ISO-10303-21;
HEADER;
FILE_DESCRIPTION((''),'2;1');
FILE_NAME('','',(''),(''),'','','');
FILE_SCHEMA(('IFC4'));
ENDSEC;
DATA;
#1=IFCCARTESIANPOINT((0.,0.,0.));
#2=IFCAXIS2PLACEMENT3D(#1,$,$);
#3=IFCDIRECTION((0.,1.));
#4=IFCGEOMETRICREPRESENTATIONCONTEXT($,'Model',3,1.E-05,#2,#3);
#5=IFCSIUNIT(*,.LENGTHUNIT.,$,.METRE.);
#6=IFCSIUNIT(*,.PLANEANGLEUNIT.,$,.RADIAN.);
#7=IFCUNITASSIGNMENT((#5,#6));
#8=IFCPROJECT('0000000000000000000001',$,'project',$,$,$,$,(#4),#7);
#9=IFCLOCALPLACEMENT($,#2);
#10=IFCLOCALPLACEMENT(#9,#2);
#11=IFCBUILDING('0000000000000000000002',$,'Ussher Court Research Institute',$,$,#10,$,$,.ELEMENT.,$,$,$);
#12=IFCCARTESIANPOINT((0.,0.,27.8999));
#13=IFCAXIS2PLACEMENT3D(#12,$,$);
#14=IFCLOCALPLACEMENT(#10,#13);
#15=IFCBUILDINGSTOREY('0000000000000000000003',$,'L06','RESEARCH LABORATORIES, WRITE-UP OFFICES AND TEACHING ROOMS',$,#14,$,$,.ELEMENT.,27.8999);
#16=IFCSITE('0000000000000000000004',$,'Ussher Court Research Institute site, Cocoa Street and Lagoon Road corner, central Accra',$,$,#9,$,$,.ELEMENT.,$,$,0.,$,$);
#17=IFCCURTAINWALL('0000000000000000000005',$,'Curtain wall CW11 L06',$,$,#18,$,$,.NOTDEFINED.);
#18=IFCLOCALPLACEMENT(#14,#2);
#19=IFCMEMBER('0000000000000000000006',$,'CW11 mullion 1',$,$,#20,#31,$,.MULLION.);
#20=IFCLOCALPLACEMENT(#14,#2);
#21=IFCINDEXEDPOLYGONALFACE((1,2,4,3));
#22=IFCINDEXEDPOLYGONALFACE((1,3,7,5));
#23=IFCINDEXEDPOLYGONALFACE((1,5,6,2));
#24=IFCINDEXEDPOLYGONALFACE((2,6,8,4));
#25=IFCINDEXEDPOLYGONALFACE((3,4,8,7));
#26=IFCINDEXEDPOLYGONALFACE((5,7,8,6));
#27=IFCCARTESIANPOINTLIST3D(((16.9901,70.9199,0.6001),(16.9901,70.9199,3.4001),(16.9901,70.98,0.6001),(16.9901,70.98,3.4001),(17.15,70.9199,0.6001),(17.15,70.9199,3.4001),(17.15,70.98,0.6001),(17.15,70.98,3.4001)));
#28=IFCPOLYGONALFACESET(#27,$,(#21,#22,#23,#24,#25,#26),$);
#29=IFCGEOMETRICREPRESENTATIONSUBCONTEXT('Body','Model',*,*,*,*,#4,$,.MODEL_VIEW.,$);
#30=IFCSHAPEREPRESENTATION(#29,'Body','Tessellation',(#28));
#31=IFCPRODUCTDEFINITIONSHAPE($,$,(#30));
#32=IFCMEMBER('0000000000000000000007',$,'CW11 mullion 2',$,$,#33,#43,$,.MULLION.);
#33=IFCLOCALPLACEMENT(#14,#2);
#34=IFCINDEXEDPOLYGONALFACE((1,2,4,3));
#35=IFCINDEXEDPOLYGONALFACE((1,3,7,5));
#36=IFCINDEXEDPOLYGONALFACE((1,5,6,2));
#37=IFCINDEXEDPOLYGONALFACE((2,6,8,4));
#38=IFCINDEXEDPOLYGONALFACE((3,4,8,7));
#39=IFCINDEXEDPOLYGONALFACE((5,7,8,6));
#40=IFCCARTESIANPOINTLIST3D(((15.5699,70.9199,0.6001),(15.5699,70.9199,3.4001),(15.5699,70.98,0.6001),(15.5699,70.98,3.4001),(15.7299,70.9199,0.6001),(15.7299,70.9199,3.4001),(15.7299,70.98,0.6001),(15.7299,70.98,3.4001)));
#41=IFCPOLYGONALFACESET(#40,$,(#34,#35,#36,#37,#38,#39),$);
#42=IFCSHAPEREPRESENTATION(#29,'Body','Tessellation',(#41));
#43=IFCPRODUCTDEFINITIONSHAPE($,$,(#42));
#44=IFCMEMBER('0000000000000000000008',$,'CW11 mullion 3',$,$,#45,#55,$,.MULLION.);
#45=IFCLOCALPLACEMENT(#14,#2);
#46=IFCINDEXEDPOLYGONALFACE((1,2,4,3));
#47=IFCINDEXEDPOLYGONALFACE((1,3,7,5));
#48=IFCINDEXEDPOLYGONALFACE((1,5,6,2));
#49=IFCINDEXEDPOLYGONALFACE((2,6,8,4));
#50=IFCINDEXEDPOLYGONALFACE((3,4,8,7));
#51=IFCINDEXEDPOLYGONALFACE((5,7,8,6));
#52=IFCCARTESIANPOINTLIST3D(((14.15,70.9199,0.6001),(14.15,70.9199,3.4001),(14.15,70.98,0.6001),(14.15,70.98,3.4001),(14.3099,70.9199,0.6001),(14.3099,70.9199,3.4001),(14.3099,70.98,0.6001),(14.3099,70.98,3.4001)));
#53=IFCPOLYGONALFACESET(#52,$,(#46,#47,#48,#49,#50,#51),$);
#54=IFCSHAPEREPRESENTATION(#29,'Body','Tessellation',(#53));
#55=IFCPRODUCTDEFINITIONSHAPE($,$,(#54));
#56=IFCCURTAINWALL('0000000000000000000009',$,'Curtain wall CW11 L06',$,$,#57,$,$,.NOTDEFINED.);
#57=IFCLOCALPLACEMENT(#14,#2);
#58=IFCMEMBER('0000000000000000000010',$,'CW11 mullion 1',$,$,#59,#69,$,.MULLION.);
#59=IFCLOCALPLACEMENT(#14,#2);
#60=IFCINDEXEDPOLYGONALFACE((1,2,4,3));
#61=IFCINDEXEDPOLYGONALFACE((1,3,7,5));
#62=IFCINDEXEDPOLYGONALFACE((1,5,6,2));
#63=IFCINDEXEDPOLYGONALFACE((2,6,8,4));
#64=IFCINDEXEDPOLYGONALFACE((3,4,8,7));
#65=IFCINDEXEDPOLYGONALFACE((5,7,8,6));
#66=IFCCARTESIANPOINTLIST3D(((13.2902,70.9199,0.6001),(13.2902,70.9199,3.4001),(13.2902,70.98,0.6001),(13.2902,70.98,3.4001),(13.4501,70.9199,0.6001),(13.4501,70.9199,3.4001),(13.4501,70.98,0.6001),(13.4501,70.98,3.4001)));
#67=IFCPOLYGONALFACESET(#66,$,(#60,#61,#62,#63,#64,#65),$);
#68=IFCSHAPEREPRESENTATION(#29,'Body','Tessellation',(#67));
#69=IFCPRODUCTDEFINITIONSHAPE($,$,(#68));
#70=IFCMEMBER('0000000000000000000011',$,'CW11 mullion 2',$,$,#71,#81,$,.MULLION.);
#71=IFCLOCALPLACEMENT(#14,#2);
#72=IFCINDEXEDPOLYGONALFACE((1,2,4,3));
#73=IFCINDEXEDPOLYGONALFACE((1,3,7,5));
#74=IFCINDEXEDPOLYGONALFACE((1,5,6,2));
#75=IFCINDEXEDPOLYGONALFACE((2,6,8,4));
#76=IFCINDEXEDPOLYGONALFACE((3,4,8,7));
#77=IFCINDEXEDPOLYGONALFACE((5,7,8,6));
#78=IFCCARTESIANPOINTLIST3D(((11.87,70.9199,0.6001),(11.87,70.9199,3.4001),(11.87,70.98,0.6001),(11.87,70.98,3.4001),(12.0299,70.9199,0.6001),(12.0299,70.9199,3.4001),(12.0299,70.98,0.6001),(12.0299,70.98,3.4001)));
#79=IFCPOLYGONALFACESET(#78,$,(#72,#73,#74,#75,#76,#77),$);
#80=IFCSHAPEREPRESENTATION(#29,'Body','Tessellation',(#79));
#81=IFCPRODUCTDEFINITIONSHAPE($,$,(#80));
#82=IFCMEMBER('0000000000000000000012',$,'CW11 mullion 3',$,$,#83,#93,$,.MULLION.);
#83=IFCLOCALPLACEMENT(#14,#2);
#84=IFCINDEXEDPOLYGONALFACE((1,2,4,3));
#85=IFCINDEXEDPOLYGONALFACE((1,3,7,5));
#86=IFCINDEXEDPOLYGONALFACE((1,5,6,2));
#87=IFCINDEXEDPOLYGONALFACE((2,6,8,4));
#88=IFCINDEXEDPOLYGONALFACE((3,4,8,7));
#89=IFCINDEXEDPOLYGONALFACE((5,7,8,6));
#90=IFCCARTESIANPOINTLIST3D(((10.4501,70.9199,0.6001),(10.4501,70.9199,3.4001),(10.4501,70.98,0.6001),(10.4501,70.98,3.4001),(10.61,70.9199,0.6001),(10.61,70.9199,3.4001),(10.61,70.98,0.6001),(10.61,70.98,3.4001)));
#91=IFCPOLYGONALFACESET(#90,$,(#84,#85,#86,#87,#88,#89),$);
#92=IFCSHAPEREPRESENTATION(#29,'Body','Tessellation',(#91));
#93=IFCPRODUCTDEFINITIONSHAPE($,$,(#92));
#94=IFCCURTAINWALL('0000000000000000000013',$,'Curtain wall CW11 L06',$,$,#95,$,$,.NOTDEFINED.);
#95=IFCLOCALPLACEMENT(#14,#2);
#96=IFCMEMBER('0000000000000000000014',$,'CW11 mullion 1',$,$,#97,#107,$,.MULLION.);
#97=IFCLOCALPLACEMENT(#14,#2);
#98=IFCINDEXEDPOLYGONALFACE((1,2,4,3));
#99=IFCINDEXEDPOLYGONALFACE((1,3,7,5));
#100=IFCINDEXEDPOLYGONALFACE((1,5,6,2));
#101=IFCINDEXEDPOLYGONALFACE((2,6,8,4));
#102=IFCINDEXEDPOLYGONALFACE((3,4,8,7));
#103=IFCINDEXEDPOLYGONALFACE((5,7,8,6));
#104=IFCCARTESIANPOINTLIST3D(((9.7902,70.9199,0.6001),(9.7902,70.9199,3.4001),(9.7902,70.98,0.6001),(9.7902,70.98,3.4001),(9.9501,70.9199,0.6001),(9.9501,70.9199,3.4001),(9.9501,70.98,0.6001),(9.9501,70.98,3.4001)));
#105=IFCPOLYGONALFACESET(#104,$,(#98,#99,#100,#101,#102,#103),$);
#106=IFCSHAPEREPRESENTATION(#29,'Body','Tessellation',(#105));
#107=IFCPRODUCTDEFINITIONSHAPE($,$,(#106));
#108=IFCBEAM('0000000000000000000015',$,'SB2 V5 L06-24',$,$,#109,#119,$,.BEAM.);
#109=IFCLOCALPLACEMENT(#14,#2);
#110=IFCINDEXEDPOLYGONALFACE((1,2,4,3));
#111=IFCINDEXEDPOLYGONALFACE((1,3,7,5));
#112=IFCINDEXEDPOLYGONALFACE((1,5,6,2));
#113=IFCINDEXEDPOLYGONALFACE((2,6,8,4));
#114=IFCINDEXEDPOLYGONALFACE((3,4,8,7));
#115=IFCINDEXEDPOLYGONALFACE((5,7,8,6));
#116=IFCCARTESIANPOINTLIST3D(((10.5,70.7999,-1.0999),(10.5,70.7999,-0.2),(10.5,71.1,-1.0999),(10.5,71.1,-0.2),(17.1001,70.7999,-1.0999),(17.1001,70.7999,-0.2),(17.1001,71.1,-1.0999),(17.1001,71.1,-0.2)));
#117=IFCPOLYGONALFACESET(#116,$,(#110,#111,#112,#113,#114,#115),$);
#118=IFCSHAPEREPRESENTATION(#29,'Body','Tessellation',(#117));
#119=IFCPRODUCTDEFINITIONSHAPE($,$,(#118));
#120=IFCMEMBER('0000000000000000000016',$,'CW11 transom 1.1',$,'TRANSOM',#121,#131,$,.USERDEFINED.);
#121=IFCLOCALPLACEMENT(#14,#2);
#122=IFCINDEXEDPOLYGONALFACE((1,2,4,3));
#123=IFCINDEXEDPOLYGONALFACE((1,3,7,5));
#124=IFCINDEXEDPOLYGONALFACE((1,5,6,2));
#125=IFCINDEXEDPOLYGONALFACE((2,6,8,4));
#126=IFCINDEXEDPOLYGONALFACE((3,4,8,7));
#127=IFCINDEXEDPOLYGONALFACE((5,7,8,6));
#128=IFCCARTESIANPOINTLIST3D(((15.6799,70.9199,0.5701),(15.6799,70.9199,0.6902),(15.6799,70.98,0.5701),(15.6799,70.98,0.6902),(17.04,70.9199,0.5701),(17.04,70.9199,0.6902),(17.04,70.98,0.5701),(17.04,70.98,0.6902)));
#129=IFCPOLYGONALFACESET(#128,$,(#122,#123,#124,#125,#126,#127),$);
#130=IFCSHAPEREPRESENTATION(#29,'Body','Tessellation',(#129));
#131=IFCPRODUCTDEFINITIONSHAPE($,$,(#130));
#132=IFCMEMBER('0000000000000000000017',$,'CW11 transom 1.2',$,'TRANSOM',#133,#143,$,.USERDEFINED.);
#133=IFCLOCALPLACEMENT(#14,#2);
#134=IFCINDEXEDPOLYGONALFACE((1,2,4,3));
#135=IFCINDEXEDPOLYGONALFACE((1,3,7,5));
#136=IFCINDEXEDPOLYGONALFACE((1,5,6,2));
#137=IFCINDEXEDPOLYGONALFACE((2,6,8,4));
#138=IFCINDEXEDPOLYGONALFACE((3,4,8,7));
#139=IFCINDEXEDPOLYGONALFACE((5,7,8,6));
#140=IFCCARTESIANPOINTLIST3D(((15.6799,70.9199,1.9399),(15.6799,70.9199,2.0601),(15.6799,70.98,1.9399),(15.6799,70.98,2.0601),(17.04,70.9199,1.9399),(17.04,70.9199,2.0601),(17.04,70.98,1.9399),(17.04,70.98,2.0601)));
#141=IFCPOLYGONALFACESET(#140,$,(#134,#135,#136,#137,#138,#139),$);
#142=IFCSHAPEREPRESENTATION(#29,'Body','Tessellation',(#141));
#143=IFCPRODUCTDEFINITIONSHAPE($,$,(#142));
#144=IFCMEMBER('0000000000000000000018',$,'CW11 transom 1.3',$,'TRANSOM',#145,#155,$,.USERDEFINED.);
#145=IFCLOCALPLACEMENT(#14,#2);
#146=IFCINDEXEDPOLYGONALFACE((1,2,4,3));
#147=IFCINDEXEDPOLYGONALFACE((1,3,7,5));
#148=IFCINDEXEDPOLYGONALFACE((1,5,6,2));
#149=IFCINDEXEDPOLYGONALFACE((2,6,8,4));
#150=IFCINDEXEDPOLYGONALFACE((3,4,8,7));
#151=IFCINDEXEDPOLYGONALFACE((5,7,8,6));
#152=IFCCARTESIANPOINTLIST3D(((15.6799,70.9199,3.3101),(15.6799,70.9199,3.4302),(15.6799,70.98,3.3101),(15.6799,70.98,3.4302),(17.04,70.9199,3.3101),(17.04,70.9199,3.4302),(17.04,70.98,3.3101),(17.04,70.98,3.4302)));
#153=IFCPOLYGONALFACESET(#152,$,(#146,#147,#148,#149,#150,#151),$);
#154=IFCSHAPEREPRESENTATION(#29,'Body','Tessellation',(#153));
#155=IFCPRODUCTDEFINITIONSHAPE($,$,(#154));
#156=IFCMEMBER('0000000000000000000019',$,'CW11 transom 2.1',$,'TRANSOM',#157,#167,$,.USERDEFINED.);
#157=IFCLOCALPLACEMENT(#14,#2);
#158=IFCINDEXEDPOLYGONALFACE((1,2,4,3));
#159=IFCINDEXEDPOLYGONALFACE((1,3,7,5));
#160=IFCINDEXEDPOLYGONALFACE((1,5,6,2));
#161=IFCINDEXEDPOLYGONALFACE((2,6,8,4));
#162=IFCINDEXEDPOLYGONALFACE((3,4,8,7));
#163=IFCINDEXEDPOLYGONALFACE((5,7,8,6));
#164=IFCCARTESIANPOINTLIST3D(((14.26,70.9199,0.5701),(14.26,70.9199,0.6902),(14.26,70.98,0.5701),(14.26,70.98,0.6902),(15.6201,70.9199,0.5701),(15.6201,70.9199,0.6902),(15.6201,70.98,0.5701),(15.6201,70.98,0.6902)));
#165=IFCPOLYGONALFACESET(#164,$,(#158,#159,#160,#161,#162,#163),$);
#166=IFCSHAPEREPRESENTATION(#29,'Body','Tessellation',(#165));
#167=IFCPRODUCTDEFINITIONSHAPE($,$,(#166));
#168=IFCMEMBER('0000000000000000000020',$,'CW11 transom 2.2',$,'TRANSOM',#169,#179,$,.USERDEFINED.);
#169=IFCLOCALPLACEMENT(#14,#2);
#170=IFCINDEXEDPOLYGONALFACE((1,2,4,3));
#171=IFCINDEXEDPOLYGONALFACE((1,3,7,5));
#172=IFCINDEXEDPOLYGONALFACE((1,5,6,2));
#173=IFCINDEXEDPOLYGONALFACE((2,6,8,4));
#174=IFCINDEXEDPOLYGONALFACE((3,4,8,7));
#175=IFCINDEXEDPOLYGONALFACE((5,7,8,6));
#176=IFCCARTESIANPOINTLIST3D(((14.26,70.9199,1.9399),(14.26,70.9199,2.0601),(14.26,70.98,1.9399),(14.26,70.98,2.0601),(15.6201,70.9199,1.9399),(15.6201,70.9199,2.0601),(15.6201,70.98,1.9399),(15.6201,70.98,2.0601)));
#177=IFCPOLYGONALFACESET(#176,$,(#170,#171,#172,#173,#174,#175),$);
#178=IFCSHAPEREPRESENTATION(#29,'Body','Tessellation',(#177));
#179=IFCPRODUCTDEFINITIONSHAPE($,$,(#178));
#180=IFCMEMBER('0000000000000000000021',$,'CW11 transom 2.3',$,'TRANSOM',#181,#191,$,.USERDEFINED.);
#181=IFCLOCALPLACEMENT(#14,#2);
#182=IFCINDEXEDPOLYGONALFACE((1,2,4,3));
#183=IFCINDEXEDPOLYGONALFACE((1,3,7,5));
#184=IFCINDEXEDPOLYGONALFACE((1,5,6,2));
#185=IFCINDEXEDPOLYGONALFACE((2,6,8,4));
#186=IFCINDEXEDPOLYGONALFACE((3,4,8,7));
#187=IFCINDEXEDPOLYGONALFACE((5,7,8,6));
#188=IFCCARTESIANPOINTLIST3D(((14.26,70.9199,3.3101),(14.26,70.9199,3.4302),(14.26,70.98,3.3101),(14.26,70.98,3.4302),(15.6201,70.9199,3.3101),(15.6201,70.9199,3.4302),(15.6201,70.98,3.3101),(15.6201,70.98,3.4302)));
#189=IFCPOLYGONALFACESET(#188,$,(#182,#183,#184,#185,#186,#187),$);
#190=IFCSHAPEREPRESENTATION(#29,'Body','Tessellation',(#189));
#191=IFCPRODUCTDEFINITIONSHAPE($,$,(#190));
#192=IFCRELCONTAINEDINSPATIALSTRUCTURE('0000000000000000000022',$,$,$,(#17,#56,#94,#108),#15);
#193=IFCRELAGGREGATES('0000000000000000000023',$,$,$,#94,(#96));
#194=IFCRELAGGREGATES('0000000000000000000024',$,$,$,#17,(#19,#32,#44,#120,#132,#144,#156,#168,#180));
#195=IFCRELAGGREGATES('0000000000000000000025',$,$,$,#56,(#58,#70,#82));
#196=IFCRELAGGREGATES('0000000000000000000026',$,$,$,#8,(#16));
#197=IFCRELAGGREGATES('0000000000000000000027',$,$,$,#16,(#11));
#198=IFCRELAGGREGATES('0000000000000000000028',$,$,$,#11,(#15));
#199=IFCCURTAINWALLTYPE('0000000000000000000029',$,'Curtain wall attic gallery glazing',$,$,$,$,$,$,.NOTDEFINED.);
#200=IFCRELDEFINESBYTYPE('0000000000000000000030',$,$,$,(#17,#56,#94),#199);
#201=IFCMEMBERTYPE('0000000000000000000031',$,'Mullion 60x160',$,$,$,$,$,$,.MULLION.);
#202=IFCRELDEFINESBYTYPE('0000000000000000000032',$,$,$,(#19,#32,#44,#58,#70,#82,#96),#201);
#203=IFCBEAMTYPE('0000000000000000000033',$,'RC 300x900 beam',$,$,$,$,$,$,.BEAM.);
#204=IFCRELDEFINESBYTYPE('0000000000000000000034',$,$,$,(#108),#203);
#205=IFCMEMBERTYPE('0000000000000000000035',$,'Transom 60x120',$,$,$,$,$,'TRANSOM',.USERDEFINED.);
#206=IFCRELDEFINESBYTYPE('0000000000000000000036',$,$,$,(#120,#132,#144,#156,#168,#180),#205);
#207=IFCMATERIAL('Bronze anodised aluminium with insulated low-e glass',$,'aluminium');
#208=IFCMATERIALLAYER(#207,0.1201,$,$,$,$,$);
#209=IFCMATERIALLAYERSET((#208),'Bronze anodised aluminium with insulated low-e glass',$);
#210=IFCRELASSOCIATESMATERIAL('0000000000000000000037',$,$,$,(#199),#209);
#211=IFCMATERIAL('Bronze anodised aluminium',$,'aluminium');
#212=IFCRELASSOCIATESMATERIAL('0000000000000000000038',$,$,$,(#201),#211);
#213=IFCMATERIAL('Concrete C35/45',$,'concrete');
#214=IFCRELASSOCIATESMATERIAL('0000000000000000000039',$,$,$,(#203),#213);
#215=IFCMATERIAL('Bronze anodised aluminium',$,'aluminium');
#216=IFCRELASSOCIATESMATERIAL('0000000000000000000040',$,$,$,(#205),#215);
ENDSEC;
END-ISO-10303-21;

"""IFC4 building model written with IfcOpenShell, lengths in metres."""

from ifc_helpers import new_model, si_unit, direction, frame, origin, origin_2d, place, context, subcontext, project, spatial, rectangle, extrude, material, layer, layer_set, material_profile, profile_set, type_object, element, aggregate, save


model = new_model("IFC4")

# Units and contexts
model_context = context("Model", 3, precision=1e-05, world=origin(), true_north=direction((0.0, 1.0)))
body_context = subcontext(model_context, "Body", "Model", "MODEL_VIEW")
ifc_project = project(units=[si_unit("LENGTHUNIT", "METRE"), si_unit("PLANEANGLEUNIT", "RADIAN")], contexts=[model_context])

# Site, building, storey
site_placement = place(None, origin())
site = spatial("IfcSite", under=ifc_project, at=site_placement, Name="Ussher Court Research Institute site, Cocoa Street and Lagoon Road corner, central Accra", CompositionType="ELEMENT", RefElevation=0.0)
building_placement = place(site_placement, origin())
building = spatial("IfcBuilding", under=site, at=building_placement, Name="Ussher Court Research Institute", CompositionType="ELEMENT")
storey_placement = place(building_placement, frame((0.0, 0.0, 27.8999)))
storey = spatial("IfcBuildingStorey", under=building, at=storey_placement, Name="L06", Description="RESEARCH LABORATORIES, WRITE-UP OFFICES AND TEACHING ROOMS", CompositionType="ELEMENT", Elevation=27.8999)

# Curtain walls, members
ifc_material_1 = material(Name="Bronze anodised aluminium with insulated low-e glass", Category="aluminium")
ifc_layer_1 = layer(ifc_material_1, 0.1201)
ifc_layer_set_1 = layer_set([ifc_layer_1], Name="Bronze anodised aluminium with insulated low-e glass")
curtain_wall_type = type_object("IfcCurtainWallType", Name="Curtain wall attic gallery glazing", PredefinedType="NOTDEFINED", material=ifc_layer_set_1)
curtain_wall_1_placement = place(storey_placement, origin())
curtain_wall_1 = element("IfcCurtainWall", 1, at=curtain_wall_1_placement, inside=storey, type_object=curtain_wall_type, Name="Curtain wall CW11 L06", PredefinedType="NOTDEFINED")
ifc_material_2 = material(Name="Bronze anodised aluminium", Category="aluminium")
ifc_material_profile_1 = material_profile(ifc_material_2, rectangle(XDim=0.0601, YDim=0.1599, at=origin_2d()), Name="Mullion 60x160")
ifc_profile_set_1 = profile_set([ifc_material_profile_1], Name="Bronze anodised aluminium")
member_type_1 = type_object("IfcMemberType", Name="Mullion 60x160", PredefinedType="MULLION", material=ifc_profile_set_1)
member_1_placement = place(storey_placement, frame((17.0701, 70.95, 0.6001), z_axis=(0.0, 0.0, 1.0), x_axis=(0.0, -1.0, 0.0)))
member_1 = element("IfcMember", 2, at=member_1_placement, type_object=member_type_1, Name="CW11 mullion 1", PredefinedType="MULLION", context=body_context, shape_type="SweptSolid", body=[
    extrude(rectangle(XDim=0.0601, YDim=0.1599, at=origin_2d()), origin(), (0.0, 0.0, 1.0), 2.8),
])
member_2_placement = place(storey_placement, frame((15.6499, 70.95, 0.6001), z_axis=(0.0, 0.0, 1.0), x_axis=(0.0, -1.0, 0.0)))
member_2 = element("IfcMember", 3, at=member_2_placement, type_object=member_type_1, Name="CW11 mullion 2", PredefinedType="MULLION", context=body_context, shape_type="SweptSolid", body=[
    extrude(rectangle(XDim=0.0601, YDim=0.1599, at=origin_2d()), origin(), (0.0, 0.0, 1.0), 2.8),
])
member_3_placement = place(storey_placement, frame((14.23, 70.95, 0.6001), z_axis=(0.0, 0.0, 1.0), x_axis=(0.0, -1.0, 0.0)))
member_3 = element("IfcMember", 4, at=member_3_placement, type_object=member_type_1, Name="CW11 mullion 3", PredefinedType="MULLION", context=body_context, shape_type="SweptSolid", body=[
    extrude(rectangle(XDim=0.0601, YDim=0.1599, at=origin_2d()), origin(), (0.0, 0.0, 1.0), 2.8),
])
curtain_wall_2_placement = place(storey_placement, origin())
curtain_wall_2 = element("IfcCurtainWall", 5, at=curtain_wall_2_placement, inside=storey, type_object=curtain_wall_type, Name="Curtain wall CW11 L06", PredefinedType="NOTDEFINED")
member_4_placement = place(storey_placement, frame((13.3701, 70.95, 0.6001), z_axis=(0.0, 0.0, 1.0), x_axis=(0.0, -1.0, 0.0)))
member_4 = element("IfcMember", 6, at=member_4_placement, type_object=member_type_1, Name="CW11 mullion 1", PredefinedType="MULLION", context=body_context, shape_type="SweptSolid", body=[
    extrude(rectangle(XDim=0.0601, YDim=0.1599, at=origin_2d()), origin(), (0.0, 0.0, 1.0), 2.8),
])
member_5_placement = place(storey_placement, frame((11.95, 70.95, 0.6001), z_axis=(0.0, 0.0, 1.0), x_axis=(0.0, -1.0, 0.0)))
member_5 = element("IfcMember", 7, at=member_5_placement, type_object=member_type_1, Name="CW11 mullion 2", PredefinedType="MULLION", context=body_context, shape_type="SweptSolid", body=[
    extrude(rectangle(XDim=0.0601, YDim=0.1599, at=origin_2d()), origin(), (0.0, 0.0, 1.0), 2.8),
])
member_6_placement = place(storey_placement, frame((10.53, 70.95, 0.6001), z_axis=(0.0, 0.0, 1.0), x_axis=(0.0, -1.0, 0.0)))
member_6 = element("IfcMember", 8, at=member_6_placement, type_object=member_type_1, Name="CW11 mullion 3", PredefinedType="MULLION", context=body_context, shape_type="SweptSolid", body=[
    extrude(rectangle(XDim=0.0601, YDim=0.1599, at=origin_2d()), origin(), (0.0, 0.0, 1.0), 2.8),
])

# Curtain wall, member
curtain_wall_3_placement = place(storey_placement, origin())
curtain_wall_3 = element("IfcCurtainWall", 9, at=curtain_wall_3_placement, inside=storey, type_object=curtain_wall_type, Name="Curtain wall CW11 L06", PredefinedType="NOTDEFINED")
member_7_placement = place(storey_placement, frame((9.8701, 70.95, 0.6001), z_axis=(0.0, 0.0, 1.0), x_axis=(0.0, -1.0, 0.0)))
member_7 = element("IfcMember", 10, at=member_7_placement, type_object=member_type_1, Name="CW11 mullion 1", PredefinedType="MULLION", context=body_context, shape_type="SweptSolid", body=[
    extrude(rectangle(XDim=0.0601, YDim=0.1599, at=origin_2d()), origin(), (0.0, 0.0, 1.0), 2.8),
])

# Beam
ifc_material_3 = material(Name="Concrete C35/45", Category="concrete")
ifc_material_profile_2 = material_profile(ifc_material_3, rectangle(XDim=0.3, YDim=0.8999, at=origin_2d()), Name="RC 300x900")
ifc_profile_set_2 = profile_set([ifc_material_profile_2], Name="Concrete C35/45")
beam_type = type_object("IfcBeamType", Name="RC 300x900 beam", PredefinedType="BEAM", material=ifc_profile_set_2)
beam_placement = place(storey_placement, frame((10.5, 70.95, -0.6499), z_axis=(1.0, 0.0, 0.0), x_axis=(0.0, 1.0, 0.0)))
element("IfcBeam", 11, at=beam_placement, inside=storey, type_object=beam_type, Name="SB2 V5 L06-24", PredefinedType="BEAM", context=body_context, shape_type="SweptSolid", body=[
    extrude(rectangle(XDim=0.3, YDim=0.8999, at=origin_2d()), origin(), (0.0, 0.0, 1.0), 6.6001),
])

# Members
ifc_material_4 = material(Name="Bronze anodised aluminium", Category="aluminium")
ifc_material_profile_3 = material_profile(ifc_material_4, rectangle(XDim=0.0601, YDim=0.1201, at=origin_2d()), Name="Transom 60x120")
ifc_profile_set_3 = profile_set([ifc_material_profile_3], Name="Bronze anodised aluminium")
member_type_2 = type_object("IfcMemberType", Name="Transom 60x120", ElementType="TRANSOM", PredefinedType="USERDEFINED", material=ifc_profile_set_3)
member_8_placement = place(storey_placement, frame((17.04, 70.95, 0.6301), z_axis=(-1.0, 0.0, 0.0), x_axis=(0.0, -1.0, 0.0)))
member_8 = element("IfcMember", 12, at=member_8_placement, type_object=member_type_2, Name="CW11 transom 1.1", ObjectType="TRANSOM", PredefinedType="USERDEFINED", context=body_context, shape_type="SweptSolid", body=[
    extrude(rectangle(XDim=0.0601, YDim=0.1201, at=origin_2d()), origin(), (0.0, 0.0, 1.0), 1.3601),
])
member_9_placement = place(storey_placement, frame((17.04, 70.95, 2.0), z_axis=(-1.0, 0.0, 0.0), x_axis=(0.0, -1.0, 0.0)))
member_9 = element("IfcMember", 13, at=member_9_placement, type_object=member_type_2, Name="CW11 transom 1.2", ObjectType="TRANSOM", PredefinedType="USERDEFINED", context=body_context, shape_type="SweptSolid", body=[
    extrude(rectangle(XDim=0.0601, YDim=0.1201, at=origin_2d()), origin(), (0.0, 0.0, 1.0), 1.3601),
])
member_10_placement = place(storey_placement, frame((17.04, 70.95, 3.3701), z_axis=(-1.0, 0.0, 0.0), x_axis=(0.0, -1.0, 0.0)))
member_10 = element("IfcMember", 14, at=member_10_placement, type_object=member_type_2, Name="CW11 transom 1.3", ObjectType="TRANSOM", PredefinedType="USERDEFINED", context=body_context, shape_type="SweptSolid", body=[
    extrude(rectangle(XDim=0.0601, YDim=0.1201, at=origin_2d()), origin(), (0.0, 0.0, 1.0), 1.3601),
])
member_11_placement = place(storey_placement, frame((15.6201, 70.95, 0.6301), z_axis=(-1.0, 0.0, 0.0), x_axis=(0.0, -1.0, 0.0)))
member_11 = element("IfcMember", 15, at=member_11_placement, type_object=member_type_2, Name="CW11 transom 2.1", ObjectType="TRANSOM", PredefinedType="USERDEFINED", context=body_context, shape_type="SweptSolid", body=[
    extrude(rectangle(XDim=0.0601, YDim=0.1201, at=origin_2d()), origin(), (0.0, 0.0, 1.0), 1.3601),
])
member_12_placement = place(storey_placement, frame((15.6201, 70.95, 2.0), z_axis=(-1.0, 0.0, 0.0), x_axis=(0.0, -1.0, 0.0)))
member_12 = element("IfcMember", 16, at=member_12_placement, type_object=member_type_2, Name="CW11 transom 2.2", ObjectType="TRANSOM", PredefinedType="USERDEFINED", context=body_context, shape_type="SweptSolid", body=[
    extrude(rectangle(XDim=0.0601, YDim=0.1201, at=origin_2d()), origin(), (0.0, 0.0, 1.0), 1.3601),
])
member_13_placement = place(storey_placement, frame((15.6201, 70.95, 3.3701), z_axis=(-1.0, 0.0, 0.0), x_axis=(0.0, -1.0, 0.0)))
member_13 = element("IfcMember", 17, at=member_13_placement, type_object=member_type_2, Name="CW11 transom 2.3", ObjectType="TRANSOM", PredefinedType="USERDEFINED", context=body_context, shape_type="SweptSolid", body=[
    extrude(rectangle(XDim=0.0601, YDim=0.1201, at=origin_2d()), origin(), (0.0, 0.0, 1.0), 1.3601),
])
aggregate(curtain_wall_3, [member_7])

aggregate(curtain_wall_1, [member_1, member_2, member_3, member_8, member_9, member_10, member_11, member_12, member_13])
aggregate(curtain_wall_2, [member_4, member_5, member_6])

save(model, "model.ifc")
